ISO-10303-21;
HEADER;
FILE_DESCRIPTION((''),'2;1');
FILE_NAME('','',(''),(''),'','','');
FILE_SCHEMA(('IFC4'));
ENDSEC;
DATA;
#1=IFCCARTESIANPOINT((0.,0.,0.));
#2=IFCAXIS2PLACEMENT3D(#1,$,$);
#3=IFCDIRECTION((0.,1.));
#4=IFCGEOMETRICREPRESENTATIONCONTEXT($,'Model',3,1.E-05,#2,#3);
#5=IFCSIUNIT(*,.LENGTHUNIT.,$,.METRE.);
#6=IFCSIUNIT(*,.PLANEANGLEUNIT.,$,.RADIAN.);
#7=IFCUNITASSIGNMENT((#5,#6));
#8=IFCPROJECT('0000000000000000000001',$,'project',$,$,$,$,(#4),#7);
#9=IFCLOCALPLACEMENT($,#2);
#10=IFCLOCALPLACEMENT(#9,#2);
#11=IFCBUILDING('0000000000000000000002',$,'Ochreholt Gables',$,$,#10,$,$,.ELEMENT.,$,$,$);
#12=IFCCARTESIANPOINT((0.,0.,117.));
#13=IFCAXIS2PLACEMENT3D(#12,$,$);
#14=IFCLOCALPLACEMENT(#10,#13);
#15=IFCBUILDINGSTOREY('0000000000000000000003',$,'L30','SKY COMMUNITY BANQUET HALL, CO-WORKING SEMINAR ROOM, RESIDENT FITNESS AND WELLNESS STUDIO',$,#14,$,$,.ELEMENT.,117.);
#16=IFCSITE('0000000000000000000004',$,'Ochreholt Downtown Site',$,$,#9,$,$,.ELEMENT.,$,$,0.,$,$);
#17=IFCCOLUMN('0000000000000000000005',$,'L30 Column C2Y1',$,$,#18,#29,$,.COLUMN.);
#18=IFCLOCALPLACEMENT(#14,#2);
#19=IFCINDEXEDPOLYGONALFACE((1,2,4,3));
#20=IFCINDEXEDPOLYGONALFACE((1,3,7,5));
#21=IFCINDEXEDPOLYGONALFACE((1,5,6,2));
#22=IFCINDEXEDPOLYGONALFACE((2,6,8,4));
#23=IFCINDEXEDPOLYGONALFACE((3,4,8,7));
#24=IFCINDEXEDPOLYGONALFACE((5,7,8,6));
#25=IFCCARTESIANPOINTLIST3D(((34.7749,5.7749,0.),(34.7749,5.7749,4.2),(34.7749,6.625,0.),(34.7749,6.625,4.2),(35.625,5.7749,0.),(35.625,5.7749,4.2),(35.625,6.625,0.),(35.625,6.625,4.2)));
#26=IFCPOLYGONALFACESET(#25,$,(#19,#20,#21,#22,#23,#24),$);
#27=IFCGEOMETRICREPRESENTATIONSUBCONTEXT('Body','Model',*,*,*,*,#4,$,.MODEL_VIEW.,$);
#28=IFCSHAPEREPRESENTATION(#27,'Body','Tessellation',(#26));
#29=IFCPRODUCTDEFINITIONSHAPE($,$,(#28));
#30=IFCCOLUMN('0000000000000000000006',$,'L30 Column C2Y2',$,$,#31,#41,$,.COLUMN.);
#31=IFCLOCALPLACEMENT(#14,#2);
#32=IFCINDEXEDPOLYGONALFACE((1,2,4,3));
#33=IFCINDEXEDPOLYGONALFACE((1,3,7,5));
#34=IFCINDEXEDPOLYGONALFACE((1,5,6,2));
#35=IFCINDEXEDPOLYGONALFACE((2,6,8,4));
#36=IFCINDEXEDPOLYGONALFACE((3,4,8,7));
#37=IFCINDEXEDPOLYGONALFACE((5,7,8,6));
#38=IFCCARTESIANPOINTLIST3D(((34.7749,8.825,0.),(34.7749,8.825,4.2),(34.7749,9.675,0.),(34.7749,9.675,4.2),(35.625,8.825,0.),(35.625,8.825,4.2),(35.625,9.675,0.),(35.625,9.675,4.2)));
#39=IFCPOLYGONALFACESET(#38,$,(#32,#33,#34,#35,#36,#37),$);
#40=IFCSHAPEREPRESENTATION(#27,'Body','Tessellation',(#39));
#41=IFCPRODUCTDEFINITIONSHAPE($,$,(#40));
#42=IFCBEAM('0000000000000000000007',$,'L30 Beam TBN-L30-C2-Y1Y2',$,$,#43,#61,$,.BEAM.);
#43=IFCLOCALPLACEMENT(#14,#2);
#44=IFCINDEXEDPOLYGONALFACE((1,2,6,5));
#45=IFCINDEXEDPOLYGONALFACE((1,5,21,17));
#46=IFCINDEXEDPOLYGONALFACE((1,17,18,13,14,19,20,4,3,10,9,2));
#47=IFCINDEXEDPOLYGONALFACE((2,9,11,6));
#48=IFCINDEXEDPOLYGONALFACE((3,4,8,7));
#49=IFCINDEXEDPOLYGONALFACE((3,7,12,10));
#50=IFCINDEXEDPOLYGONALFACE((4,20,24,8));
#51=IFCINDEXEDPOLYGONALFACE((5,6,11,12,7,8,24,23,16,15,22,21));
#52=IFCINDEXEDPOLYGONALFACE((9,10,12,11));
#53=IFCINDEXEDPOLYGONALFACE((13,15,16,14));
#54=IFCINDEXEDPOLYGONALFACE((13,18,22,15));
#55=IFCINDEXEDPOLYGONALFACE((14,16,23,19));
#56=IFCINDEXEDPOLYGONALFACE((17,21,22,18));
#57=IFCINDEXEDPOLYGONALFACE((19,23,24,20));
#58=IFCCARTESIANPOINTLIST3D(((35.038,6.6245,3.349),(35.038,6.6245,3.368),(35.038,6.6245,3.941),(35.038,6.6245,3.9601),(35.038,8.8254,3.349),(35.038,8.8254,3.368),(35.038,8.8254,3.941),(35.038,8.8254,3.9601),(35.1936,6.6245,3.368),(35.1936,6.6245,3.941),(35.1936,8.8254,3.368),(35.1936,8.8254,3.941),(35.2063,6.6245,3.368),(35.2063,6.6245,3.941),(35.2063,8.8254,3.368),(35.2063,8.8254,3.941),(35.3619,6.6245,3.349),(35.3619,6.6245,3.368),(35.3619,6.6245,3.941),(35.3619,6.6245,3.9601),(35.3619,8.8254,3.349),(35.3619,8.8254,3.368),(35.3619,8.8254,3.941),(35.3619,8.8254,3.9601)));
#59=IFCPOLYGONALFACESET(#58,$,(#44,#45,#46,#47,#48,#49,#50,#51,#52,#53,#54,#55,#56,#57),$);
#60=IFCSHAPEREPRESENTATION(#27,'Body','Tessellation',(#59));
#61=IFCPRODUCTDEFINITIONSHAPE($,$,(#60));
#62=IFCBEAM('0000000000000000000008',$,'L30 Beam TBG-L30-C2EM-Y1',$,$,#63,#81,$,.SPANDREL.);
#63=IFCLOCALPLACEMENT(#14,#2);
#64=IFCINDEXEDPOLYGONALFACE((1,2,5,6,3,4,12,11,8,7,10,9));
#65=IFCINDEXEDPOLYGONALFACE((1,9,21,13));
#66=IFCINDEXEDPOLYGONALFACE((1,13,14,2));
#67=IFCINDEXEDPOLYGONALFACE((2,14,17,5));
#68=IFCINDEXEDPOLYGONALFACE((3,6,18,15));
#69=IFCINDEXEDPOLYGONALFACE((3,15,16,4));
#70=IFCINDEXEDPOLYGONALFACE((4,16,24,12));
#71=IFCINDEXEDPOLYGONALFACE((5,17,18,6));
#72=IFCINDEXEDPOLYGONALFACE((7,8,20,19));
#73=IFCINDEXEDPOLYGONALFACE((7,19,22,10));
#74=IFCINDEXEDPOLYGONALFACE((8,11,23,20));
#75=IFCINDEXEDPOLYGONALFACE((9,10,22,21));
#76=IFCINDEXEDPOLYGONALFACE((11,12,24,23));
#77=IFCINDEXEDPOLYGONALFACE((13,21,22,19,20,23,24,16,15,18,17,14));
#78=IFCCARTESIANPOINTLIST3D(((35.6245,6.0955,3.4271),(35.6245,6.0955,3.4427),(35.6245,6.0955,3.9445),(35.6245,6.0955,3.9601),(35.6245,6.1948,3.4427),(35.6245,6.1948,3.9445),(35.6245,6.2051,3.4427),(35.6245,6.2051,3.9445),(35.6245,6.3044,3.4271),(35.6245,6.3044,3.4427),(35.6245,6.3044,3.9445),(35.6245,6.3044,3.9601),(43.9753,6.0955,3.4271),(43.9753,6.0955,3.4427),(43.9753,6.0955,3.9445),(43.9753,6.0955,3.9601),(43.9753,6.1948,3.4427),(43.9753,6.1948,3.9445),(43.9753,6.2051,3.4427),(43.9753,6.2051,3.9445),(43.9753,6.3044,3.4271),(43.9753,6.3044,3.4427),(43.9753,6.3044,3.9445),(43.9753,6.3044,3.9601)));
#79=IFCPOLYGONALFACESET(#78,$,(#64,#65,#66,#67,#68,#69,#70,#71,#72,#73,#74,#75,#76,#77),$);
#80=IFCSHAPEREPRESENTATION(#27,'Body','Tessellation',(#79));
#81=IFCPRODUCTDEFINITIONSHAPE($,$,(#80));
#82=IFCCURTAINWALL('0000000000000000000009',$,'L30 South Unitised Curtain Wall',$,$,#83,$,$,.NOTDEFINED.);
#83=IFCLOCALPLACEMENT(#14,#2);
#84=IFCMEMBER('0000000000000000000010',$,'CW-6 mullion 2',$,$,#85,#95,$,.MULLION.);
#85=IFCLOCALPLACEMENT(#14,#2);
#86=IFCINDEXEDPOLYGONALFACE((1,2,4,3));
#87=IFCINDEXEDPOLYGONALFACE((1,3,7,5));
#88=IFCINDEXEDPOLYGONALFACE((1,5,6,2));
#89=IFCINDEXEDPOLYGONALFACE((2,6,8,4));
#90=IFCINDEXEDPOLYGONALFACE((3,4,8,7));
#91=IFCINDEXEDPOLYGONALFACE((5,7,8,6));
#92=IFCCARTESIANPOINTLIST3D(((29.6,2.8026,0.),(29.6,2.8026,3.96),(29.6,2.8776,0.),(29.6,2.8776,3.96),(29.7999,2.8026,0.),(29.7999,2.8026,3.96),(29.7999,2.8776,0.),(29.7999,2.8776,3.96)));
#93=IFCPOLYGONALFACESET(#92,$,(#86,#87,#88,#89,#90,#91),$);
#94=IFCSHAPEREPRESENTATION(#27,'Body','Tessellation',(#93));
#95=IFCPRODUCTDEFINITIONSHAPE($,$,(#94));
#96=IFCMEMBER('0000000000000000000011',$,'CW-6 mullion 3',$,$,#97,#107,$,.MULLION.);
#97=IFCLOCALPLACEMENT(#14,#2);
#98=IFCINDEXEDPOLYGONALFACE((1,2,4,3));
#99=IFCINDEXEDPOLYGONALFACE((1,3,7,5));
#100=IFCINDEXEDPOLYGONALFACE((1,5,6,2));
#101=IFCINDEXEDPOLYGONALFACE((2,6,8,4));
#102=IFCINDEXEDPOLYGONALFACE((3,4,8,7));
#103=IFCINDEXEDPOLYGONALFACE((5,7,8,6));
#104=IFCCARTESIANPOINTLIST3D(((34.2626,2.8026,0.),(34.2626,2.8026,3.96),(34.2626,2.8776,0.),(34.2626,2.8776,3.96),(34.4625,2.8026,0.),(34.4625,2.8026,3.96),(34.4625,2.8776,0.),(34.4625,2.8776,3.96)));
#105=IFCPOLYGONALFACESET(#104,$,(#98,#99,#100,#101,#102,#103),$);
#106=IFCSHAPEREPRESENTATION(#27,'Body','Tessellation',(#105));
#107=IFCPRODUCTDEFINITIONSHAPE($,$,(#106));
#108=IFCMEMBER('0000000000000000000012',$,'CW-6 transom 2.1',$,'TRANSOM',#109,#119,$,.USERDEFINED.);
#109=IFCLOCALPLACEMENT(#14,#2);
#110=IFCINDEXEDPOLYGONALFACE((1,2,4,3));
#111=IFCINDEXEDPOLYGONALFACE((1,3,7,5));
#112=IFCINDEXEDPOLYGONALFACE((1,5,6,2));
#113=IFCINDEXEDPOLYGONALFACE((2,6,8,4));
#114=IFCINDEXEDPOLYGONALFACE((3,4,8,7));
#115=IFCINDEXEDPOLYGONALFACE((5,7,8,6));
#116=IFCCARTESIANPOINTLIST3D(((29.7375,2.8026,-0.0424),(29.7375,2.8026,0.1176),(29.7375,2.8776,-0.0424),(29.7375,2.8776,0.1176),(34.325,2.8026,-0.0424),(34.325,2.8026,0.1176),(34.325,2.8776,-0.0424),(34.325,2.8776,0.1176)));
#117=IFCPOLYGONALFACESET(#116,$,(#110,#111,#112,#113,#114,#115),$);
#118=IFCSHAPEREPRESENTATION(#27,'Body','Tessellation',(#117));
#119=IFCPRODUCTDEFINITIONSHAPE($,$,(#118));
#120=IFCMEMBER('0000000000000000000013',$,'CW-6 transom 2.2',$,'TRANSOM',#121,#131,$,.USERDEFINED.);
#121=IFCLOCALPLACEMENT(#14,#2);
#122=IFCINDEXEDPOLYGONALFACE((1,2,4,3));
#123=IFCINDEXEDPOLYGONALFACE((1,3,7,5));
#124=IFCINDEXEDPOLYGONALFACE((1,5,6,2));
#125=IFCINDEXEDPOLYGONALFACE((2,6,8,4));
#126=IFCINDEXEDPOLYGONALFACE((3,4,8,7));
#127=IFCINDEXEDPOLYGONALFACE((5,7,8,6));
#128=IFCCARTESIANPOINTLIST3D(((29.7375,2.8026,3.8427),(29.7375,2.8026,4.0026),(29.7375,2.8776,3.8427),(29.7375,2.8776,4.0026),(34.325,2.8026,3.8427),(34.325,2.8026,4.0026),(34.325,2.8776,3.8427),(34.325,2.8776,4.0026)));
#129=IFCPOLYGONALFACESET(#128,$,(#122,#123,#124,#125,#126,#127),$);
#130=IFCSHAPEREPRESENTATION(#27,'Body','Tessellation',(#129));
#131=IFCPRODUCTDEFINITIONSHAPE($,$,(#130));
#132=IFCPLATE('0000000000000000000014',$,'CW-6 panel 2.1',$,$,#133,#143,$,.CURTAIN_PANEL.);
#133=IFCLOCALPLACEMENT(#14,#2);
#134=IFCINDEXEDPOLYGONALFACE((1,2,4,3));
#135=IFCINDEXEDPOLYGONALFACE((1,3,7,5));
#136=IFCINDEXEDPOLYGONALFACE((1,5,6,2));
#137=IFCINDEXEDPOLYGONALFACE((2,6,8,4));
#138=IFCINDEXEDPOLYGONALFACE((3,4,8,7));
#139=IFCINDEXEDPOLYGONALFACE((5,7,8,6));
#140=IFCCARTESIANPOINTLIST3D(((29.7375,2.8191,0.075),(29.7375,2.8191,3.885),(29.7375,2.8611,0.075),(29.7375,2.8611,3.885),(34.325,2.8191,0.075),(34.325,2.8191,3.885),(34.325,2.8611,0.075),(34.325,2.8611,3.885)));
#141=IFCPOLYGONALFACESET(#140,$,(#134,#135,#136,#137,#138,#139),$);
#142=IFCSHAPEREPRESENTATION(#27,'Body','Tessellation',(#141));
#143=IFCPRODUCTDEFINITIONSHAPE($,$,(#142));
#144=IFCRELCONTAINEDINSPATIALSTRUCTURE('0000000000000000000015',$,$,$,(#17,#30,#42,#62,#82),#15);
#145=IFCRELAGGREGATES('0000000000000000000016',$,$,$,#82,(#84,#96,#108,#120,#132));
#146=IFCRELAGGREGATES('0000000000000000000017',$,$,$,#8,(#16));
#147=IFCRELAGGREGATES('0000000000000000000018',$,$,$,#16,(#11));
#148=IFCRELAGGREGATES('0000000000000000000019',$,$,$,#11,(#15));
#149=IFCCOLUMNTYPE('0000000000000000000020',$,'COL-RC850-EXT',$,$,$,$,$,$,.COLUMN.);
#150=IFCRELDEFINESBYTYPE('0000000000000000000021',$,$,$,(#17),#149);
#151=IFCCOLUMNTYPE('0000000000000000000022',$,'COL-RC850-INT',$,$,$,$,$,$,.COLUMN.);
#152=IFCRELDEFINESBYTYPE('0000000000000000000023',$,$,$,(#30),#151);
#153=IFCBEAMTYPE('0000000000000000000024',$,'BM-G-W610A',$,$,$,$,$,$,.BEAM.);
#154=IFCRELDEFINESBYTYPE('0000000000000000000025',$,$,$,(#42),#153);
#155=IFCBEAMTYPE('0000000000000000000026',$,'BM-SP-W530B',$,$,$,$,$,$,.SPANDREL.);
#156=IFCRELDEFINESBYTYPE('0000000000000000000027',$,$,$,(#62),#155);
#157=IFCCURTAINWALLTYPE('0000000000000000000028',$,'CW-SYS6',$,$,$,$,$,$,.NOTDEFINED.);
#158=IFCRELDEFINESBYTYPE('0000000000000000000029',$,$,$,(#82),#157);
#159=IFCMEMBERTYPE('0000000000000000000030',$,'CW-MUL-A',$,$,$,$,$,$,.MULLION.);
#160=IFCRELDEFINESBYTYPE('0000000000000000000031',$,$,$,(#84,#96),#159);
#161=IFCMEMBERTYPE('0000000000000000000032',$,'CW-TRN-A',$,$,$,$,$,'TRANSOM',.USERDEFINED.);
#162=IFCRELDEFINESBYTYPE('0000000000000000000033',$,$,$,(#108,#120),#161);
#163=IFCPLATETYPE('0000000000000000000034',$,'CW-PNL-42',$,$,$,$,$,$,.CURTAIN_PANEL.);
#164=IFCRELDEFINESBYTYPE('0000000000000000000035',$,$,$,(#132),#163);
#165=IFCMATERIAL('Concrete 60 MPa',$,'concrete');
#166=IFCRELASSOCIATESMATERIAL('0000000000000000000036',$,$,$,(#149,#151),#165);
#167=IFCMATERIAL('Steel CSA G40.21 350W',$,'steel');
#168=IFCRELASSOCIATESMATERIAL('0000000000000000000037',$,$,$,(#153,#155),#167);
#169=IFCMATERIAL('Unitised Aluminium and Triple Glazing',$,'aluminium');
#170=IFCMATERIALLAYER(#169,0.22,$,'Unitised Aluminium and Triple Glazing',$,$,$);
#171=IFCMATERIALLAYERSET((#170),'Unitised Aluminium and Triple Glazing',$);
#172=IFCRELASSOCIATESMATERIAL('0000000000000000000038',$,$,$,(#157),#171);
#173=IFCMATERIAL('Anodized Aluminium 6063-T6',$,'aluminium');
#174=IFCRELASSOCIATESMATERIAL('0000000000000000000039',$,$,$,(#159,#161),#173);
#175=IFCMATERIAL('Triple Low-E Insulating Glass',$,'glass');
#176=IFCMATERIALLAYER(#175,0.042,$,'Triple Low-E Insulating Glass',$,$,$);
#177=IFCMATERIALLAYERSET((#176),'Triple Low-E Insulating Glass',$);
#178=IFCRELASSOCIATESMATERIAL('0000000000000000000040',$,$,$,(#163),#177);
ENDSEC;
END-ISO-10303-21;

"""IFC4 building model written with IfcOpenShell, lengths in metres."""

from ifc_helpers import new_model, si_unit, direction, frame, origin, origin_2d, place, context, subcontext, project, spatial, rectangle, i_section, extrude, material, layer, layer_set, material_profile, profile_set, type_object, element, aggregate, save


model = new_model("IFC4")

# Units and contexts
model_context = context("Model", 3, precision=1e-05, world=origin(), true_north=direction((0.0, 1.0)))
body_context = subcontext(model_context, "Body", "Model", "MODEL_VIEW")
ifc_project = project(units=[si_unit("LENGTHUNIT", "METRE"), si_unit("PLANEANGLEUNIT", "RADIAN")], contexts=[model_context])

# Site, building, storey
site_placement = place(None, origin())
site = spatial("IfcSite", under=ifc_project, at=site_placement, Name="Ochreholt Downtown Site", CompositionType="ELEMENT", RefElevation=0.0)
building_placement = place(site_placement, origin())
building = spatial("IfcBuilding", under=site, at=building_placement, Name="Ochreholt Gables", CompositionType="ELEMENT")
storey_placement = place(building_placement, frame((0.0, 0.0, 117.0)))
storey = spatial("IfcBuildingStorey", under=building, at=storey_placement, Name="L30", Description="SKY COMMUNITY BANQUET HALL, CO-WORKING SEMINAR ROOM, RESIDENT FITNESS AND WELLNESS STUDIO", CompositionType="ELEMENT", Elevation=117.0)

# Columns
ifc_material_1 = material(Name="Concrete 60 MPa", Category="concrete")
ifc_material_profile_1 = material_profile(ifc_material_1, rectangle(XDim=0.8501, YDim=0.8501, at=origin_2d()), Name="RC850X850")
ifc_profile_set_1 = profile_set([ifc_material_profile_1], Name="Concrete 60 MPa")
column_type_1 = type_object("IfcColumnType", Name="COL-RC850-EXT", PredefinedType="COLUMN", material=ifc_profile_set_1)
column_1_placement = place(storey_placement, frame((35.2, 6.2, 0.0), z_axis=(0.0, 0.0, 1.0), x_axis=(1.0, 0.0, 0.0)))
element("IfcColumn", 1, at=column_1_placement, inside=storey, type_object=column_type_1, Name="L30 Column C2Y1", PredefinedType="COLUMN", context=body_context, shape_type="SweptSolid", body=[
    extrude(rectangle(XDim=0.8501, YDim=0.8501, at=origin_2d()), origin(), (0.0, 0.0, 1.0), 4.2),
])
ifc_material_profile_2 = material_profile(ifc_material_1, rectangle(XDim=0.8501, YDim=0.8501, at=origin_2d()), Name="RC850X850")
ifc_profile_set_2 = profile_set([ifc_material_profile_2], Name="Concrete 60 MPa")
column_type_2 = type_object("IfcColumnType", Name="COL-RC850-INT", PredefinedType="COLUMN", material=ifc_profile_set_2)
column_2_placement = place(storey_placement, frame((35.2, 9.25, 0.0), z_axis=(0.0, 0.0, 1.0), x_axis=(1.0, 0.0, 0.0)))
element("IfcColumn", 2, at=column_2_placement, inside=storey, type_object=column_type_2, Name="L30 Column C2Y2", PredefinedType="COLUMN", context=body_context, shape_type="SweptSolid", body=[
    extrude(rectangle(XDim=0.8501, YDim=0.8501, at=origin_2d()), origin(), (0.0, 0.0, 1.0), 4.2),
])

# Beams
ifc_material_2 = material(Name="Steel CSA G40.21 350W", Category="steel")
ifc_material_profile_3 = material_profile(ifc_material_2, i_section(OverallWidth=0.324, OverallDepth=0.6111, WebThickness=0.0127, FlangeThickness=0.019, at=origin_2d()), Name="W610X155")
ifc_profile_set_3 = profile_set([ifc_material_profile_3], Name="Steel CSA G40.21 350W")
beam_type_1 = type_object("IfcBeamType", Name="BM-G-W610A", PredefinedType="BEAM", material=ifc_profile_set_3)
beam_1_placement = place(storey_placement, frame((35.2, 6.6245, 3.6545), z_axis=(0.0, 1.0, 0.0), x_axis=(-1.0, 0.0, 0.0)))
element("IfcBeam", 3, at=beam_1_placement, inside=storey, type_object=beam_type_1, Name="L30 Beam TBN-L30-C2-Y1Y2", PredefinedType="BEAM", context=body_context, shape_type="SweptSolid", body=[
    extrude(i_section(OverallWidth=0.324, OverallDepth=0.6111, WebThickness=0.0127, FlangeThickness=0.019, at=origin_2d()), origin(), (0.0, 0.0, 1.0), 2.2009),
])
ifc_material_profile_4 = material_profile(ifc_material_2, i_section(OverallWidth=0.209, OverallDepth=0.533, WebThickness=0.0103, FlangeThickness=0.0156, at=origin_2d()), Name="W530X92")
ifc_profile_set_4 = profile_set([ifc_material_profile_4], Name="Steel CSA G40.21 350W")
beam_type_2 = type_object("IfcBeamType", Name="BM-SP-W530B", PredefinedType="SPANDREL", material=ifc_profile_set_4)
beam_2_placement = place(storey_placement, frame((35.6245, 6.2, 3.6936), z_axis=(1.0, 0.0, 0.0), x_axis=(0.0, 1.0, 0.0)))
element("IfcBeam", 4, at=beam_2_placement, inside=storey, type_object=beam_type_2, Name="L30 Beam TBG-L30-C2EM-Y1", PredefinedType="SPANDREL", context=body_context, shape_type="SweptSolid", body=[
    extrude(i_section(OverallWidth=0.209, OverallDepth=0.533, WebThickness=0.0103, FlangeThickness=0.0156, at=origin_2d()), origin(), (0.0, 0.0, 1.0), 8.3508),
])

# Curtain wall, members, plate
ifc_material_3 = material(Name="Unitised Aluminium and Triple Glazing", Category="aluminium")
ifc_layer_1 = layer(ifc_material_3, 0.22, Name="Unitised Aluminium and Triple Glazing")
ifc_layer_set_1 = layer_set([ifc_layer_1], Name="Unitised Aluminium and Triple Glazing")
curtain_wall_type = type_object("IfcCurtainWallType", Name="CW-SYS6", PredefinedType="NOTDEFINED", material=ifc_layer_set_1)
curtain_wall_placement = place(storey_placement, origin())
curtain_wall = element("IfcCurtainWall", 5, at=curtain_wall_placement, inside=storey, type_object=curtain_wall_type, Name="L30 South Unitised Curtain Wall", PredefinedType="NOTDEFINED")
ifc_material_4 = material(Name="Anodized Aluminium 6063-T6", Category="aluminium")
ifc_material_profile_5 = material_profile(ifc_material_4, rectangle(XDim=0.075, YDim=0.2, at=origin_2d()), Name="CWM75X200")
ifc_profile_set_5 = profile_set([ifc_material_profile_5], Name="Anodized Aluminium 6063-T6")
member_type_1 = type_object("IfcMemberType", Name="CW-MUL-A", PredefinedType="MULLION", material=ifc_profile_set_5)
member_1_placement = place(storey_placement, frame((29.7, 2.8401, 0.0), z_axis=(0.0, 0.0, 1.0), x_axis=(0.0, 1.0, 0.0)))
member_1 = element("IfcMember", 6, at=member_1_placement, type_object=member_type_1, Name="CW-6 mullion 2", PredefinedType="MULLION", context=body_context, shape_type="SweptSolid", body=[
    extrude(rectangle(XDim=0.075, YDim=0.2, at=origin_2d()), origin(), (0.0, 0.0, 1.0), 3.96),
])
member_2_placement = place(storey_placement, frame((34.3625, 2.8401, 0.0), z_axis=(0.0, 0.0, 1.0), x_axis=(0.0, 1.0, 0.0)))
member_2 = element("IfcMember", 7, at=member_2_placement, type_object=member_type_1, Name="CW-6 mullion 3", PredefinedType="MULLION", context=body_context, shape_type="SweptSolid", body=[
    extrude(rectangle(XDim=0.075, YDim=0.2, at=origin_2d()), origin(), (0.0, 0.0, 1.0), 3.96),
])
ifc_material_profile_6 = material_profile(ifc_material_4, rectangle(XDim=0.075, YDim=0.1599, at=origin_2d()), Name="CWT75X160")
ifc_profile_set_6 = profile_set([ifc_material_profile_6], Name="Anodized Aluminium 6063-T6")
member_type_2 = type_object("IfcMemberType", Name="CW-TRN-A", ElementType="TRANSOM", PredefinedType="USERDEFINED", material=ifc_profile_set_6)
member_3_placement = place(storey_placement, frame((29.7375, 2.8401, 0.0376), z_axis=(1.0, 0.0, 0.0), x_axis=(0.0, 1.0, 0.0)))
member_3 = element("IfcMember", 8, at=member_3_placement, type_object=member_type_2, Name="CW-6 transom 2.1", ObjectType="TRANSOM", PredefinedType="USERDEFINED", context=body_context, shape_type="SweptSolid", body=[
    extrude(rectangle(XDim=0.075, YDim=0.1599, at=origin_2d()), origin(), (0.0, 0.0, 1.0), 4.5874),
])
member_4_placement = place(storey_placement, frame((29.7375, 2.8401, 3.9226), z_axis=(1.0, 0.0, 0.0), x_axis=(0.0, 1.0, 0.0)))
member_4 = element("IfcMember", 9, at=member_4_placement, type_object=member_type_2, Name="CW-6 transom 2.2", ObjectType="TRANSOM", PredefinedType="USERDEFINED", context=body_context, shape_type="SweptSolid", body=[
    extrude(rectangle(XDim=0.075, YDim=0.1599, at=origin_2d()), origin(), (0.0, 0.0, 1.0), 4.5874),
])
ifc_material_5 = material(Name="Triple Low-E Insulating Glass", Category="glass")
ifc_layer_2 = layer(ifc_material_5, 0.042, Name="Triple Low-E Insulating Glass")
ifc_layer_set_2 = layer_set([ifc_layer_2], Name="Triple Low-E Insulating Glass")
plate_type = type_object("IfcPlateType", Name="CW-PNL-42", PredefinedType="CURTAIN_PANEL", material=ifc_layer_set_2)
plate_placement = place(storey_placement, frame((32.0312, 2.8401, 0.075), z_axis=(0.0, 0.0, 1.0), x_axis=(1.0, 0.0, 0.0)))
plate = element("IfcPlate", 10, at=plate_placement, type_object=plate_type, Name="CW-6 panel 2.1", PredefinedType="CURTAIN_PANEL", context=body_context, shape_type="SweptSolid", body=[
    extrude(rectangle(XDim=4.5874, YDim=0.042, at=origin_2d()), origin(), (0.0, 0.0, 1.0), 3.8101),
])
aggregate(curtain_wall, [member_1, member_2, member_3, member_4, plate])

save(model, "model.ifc")
